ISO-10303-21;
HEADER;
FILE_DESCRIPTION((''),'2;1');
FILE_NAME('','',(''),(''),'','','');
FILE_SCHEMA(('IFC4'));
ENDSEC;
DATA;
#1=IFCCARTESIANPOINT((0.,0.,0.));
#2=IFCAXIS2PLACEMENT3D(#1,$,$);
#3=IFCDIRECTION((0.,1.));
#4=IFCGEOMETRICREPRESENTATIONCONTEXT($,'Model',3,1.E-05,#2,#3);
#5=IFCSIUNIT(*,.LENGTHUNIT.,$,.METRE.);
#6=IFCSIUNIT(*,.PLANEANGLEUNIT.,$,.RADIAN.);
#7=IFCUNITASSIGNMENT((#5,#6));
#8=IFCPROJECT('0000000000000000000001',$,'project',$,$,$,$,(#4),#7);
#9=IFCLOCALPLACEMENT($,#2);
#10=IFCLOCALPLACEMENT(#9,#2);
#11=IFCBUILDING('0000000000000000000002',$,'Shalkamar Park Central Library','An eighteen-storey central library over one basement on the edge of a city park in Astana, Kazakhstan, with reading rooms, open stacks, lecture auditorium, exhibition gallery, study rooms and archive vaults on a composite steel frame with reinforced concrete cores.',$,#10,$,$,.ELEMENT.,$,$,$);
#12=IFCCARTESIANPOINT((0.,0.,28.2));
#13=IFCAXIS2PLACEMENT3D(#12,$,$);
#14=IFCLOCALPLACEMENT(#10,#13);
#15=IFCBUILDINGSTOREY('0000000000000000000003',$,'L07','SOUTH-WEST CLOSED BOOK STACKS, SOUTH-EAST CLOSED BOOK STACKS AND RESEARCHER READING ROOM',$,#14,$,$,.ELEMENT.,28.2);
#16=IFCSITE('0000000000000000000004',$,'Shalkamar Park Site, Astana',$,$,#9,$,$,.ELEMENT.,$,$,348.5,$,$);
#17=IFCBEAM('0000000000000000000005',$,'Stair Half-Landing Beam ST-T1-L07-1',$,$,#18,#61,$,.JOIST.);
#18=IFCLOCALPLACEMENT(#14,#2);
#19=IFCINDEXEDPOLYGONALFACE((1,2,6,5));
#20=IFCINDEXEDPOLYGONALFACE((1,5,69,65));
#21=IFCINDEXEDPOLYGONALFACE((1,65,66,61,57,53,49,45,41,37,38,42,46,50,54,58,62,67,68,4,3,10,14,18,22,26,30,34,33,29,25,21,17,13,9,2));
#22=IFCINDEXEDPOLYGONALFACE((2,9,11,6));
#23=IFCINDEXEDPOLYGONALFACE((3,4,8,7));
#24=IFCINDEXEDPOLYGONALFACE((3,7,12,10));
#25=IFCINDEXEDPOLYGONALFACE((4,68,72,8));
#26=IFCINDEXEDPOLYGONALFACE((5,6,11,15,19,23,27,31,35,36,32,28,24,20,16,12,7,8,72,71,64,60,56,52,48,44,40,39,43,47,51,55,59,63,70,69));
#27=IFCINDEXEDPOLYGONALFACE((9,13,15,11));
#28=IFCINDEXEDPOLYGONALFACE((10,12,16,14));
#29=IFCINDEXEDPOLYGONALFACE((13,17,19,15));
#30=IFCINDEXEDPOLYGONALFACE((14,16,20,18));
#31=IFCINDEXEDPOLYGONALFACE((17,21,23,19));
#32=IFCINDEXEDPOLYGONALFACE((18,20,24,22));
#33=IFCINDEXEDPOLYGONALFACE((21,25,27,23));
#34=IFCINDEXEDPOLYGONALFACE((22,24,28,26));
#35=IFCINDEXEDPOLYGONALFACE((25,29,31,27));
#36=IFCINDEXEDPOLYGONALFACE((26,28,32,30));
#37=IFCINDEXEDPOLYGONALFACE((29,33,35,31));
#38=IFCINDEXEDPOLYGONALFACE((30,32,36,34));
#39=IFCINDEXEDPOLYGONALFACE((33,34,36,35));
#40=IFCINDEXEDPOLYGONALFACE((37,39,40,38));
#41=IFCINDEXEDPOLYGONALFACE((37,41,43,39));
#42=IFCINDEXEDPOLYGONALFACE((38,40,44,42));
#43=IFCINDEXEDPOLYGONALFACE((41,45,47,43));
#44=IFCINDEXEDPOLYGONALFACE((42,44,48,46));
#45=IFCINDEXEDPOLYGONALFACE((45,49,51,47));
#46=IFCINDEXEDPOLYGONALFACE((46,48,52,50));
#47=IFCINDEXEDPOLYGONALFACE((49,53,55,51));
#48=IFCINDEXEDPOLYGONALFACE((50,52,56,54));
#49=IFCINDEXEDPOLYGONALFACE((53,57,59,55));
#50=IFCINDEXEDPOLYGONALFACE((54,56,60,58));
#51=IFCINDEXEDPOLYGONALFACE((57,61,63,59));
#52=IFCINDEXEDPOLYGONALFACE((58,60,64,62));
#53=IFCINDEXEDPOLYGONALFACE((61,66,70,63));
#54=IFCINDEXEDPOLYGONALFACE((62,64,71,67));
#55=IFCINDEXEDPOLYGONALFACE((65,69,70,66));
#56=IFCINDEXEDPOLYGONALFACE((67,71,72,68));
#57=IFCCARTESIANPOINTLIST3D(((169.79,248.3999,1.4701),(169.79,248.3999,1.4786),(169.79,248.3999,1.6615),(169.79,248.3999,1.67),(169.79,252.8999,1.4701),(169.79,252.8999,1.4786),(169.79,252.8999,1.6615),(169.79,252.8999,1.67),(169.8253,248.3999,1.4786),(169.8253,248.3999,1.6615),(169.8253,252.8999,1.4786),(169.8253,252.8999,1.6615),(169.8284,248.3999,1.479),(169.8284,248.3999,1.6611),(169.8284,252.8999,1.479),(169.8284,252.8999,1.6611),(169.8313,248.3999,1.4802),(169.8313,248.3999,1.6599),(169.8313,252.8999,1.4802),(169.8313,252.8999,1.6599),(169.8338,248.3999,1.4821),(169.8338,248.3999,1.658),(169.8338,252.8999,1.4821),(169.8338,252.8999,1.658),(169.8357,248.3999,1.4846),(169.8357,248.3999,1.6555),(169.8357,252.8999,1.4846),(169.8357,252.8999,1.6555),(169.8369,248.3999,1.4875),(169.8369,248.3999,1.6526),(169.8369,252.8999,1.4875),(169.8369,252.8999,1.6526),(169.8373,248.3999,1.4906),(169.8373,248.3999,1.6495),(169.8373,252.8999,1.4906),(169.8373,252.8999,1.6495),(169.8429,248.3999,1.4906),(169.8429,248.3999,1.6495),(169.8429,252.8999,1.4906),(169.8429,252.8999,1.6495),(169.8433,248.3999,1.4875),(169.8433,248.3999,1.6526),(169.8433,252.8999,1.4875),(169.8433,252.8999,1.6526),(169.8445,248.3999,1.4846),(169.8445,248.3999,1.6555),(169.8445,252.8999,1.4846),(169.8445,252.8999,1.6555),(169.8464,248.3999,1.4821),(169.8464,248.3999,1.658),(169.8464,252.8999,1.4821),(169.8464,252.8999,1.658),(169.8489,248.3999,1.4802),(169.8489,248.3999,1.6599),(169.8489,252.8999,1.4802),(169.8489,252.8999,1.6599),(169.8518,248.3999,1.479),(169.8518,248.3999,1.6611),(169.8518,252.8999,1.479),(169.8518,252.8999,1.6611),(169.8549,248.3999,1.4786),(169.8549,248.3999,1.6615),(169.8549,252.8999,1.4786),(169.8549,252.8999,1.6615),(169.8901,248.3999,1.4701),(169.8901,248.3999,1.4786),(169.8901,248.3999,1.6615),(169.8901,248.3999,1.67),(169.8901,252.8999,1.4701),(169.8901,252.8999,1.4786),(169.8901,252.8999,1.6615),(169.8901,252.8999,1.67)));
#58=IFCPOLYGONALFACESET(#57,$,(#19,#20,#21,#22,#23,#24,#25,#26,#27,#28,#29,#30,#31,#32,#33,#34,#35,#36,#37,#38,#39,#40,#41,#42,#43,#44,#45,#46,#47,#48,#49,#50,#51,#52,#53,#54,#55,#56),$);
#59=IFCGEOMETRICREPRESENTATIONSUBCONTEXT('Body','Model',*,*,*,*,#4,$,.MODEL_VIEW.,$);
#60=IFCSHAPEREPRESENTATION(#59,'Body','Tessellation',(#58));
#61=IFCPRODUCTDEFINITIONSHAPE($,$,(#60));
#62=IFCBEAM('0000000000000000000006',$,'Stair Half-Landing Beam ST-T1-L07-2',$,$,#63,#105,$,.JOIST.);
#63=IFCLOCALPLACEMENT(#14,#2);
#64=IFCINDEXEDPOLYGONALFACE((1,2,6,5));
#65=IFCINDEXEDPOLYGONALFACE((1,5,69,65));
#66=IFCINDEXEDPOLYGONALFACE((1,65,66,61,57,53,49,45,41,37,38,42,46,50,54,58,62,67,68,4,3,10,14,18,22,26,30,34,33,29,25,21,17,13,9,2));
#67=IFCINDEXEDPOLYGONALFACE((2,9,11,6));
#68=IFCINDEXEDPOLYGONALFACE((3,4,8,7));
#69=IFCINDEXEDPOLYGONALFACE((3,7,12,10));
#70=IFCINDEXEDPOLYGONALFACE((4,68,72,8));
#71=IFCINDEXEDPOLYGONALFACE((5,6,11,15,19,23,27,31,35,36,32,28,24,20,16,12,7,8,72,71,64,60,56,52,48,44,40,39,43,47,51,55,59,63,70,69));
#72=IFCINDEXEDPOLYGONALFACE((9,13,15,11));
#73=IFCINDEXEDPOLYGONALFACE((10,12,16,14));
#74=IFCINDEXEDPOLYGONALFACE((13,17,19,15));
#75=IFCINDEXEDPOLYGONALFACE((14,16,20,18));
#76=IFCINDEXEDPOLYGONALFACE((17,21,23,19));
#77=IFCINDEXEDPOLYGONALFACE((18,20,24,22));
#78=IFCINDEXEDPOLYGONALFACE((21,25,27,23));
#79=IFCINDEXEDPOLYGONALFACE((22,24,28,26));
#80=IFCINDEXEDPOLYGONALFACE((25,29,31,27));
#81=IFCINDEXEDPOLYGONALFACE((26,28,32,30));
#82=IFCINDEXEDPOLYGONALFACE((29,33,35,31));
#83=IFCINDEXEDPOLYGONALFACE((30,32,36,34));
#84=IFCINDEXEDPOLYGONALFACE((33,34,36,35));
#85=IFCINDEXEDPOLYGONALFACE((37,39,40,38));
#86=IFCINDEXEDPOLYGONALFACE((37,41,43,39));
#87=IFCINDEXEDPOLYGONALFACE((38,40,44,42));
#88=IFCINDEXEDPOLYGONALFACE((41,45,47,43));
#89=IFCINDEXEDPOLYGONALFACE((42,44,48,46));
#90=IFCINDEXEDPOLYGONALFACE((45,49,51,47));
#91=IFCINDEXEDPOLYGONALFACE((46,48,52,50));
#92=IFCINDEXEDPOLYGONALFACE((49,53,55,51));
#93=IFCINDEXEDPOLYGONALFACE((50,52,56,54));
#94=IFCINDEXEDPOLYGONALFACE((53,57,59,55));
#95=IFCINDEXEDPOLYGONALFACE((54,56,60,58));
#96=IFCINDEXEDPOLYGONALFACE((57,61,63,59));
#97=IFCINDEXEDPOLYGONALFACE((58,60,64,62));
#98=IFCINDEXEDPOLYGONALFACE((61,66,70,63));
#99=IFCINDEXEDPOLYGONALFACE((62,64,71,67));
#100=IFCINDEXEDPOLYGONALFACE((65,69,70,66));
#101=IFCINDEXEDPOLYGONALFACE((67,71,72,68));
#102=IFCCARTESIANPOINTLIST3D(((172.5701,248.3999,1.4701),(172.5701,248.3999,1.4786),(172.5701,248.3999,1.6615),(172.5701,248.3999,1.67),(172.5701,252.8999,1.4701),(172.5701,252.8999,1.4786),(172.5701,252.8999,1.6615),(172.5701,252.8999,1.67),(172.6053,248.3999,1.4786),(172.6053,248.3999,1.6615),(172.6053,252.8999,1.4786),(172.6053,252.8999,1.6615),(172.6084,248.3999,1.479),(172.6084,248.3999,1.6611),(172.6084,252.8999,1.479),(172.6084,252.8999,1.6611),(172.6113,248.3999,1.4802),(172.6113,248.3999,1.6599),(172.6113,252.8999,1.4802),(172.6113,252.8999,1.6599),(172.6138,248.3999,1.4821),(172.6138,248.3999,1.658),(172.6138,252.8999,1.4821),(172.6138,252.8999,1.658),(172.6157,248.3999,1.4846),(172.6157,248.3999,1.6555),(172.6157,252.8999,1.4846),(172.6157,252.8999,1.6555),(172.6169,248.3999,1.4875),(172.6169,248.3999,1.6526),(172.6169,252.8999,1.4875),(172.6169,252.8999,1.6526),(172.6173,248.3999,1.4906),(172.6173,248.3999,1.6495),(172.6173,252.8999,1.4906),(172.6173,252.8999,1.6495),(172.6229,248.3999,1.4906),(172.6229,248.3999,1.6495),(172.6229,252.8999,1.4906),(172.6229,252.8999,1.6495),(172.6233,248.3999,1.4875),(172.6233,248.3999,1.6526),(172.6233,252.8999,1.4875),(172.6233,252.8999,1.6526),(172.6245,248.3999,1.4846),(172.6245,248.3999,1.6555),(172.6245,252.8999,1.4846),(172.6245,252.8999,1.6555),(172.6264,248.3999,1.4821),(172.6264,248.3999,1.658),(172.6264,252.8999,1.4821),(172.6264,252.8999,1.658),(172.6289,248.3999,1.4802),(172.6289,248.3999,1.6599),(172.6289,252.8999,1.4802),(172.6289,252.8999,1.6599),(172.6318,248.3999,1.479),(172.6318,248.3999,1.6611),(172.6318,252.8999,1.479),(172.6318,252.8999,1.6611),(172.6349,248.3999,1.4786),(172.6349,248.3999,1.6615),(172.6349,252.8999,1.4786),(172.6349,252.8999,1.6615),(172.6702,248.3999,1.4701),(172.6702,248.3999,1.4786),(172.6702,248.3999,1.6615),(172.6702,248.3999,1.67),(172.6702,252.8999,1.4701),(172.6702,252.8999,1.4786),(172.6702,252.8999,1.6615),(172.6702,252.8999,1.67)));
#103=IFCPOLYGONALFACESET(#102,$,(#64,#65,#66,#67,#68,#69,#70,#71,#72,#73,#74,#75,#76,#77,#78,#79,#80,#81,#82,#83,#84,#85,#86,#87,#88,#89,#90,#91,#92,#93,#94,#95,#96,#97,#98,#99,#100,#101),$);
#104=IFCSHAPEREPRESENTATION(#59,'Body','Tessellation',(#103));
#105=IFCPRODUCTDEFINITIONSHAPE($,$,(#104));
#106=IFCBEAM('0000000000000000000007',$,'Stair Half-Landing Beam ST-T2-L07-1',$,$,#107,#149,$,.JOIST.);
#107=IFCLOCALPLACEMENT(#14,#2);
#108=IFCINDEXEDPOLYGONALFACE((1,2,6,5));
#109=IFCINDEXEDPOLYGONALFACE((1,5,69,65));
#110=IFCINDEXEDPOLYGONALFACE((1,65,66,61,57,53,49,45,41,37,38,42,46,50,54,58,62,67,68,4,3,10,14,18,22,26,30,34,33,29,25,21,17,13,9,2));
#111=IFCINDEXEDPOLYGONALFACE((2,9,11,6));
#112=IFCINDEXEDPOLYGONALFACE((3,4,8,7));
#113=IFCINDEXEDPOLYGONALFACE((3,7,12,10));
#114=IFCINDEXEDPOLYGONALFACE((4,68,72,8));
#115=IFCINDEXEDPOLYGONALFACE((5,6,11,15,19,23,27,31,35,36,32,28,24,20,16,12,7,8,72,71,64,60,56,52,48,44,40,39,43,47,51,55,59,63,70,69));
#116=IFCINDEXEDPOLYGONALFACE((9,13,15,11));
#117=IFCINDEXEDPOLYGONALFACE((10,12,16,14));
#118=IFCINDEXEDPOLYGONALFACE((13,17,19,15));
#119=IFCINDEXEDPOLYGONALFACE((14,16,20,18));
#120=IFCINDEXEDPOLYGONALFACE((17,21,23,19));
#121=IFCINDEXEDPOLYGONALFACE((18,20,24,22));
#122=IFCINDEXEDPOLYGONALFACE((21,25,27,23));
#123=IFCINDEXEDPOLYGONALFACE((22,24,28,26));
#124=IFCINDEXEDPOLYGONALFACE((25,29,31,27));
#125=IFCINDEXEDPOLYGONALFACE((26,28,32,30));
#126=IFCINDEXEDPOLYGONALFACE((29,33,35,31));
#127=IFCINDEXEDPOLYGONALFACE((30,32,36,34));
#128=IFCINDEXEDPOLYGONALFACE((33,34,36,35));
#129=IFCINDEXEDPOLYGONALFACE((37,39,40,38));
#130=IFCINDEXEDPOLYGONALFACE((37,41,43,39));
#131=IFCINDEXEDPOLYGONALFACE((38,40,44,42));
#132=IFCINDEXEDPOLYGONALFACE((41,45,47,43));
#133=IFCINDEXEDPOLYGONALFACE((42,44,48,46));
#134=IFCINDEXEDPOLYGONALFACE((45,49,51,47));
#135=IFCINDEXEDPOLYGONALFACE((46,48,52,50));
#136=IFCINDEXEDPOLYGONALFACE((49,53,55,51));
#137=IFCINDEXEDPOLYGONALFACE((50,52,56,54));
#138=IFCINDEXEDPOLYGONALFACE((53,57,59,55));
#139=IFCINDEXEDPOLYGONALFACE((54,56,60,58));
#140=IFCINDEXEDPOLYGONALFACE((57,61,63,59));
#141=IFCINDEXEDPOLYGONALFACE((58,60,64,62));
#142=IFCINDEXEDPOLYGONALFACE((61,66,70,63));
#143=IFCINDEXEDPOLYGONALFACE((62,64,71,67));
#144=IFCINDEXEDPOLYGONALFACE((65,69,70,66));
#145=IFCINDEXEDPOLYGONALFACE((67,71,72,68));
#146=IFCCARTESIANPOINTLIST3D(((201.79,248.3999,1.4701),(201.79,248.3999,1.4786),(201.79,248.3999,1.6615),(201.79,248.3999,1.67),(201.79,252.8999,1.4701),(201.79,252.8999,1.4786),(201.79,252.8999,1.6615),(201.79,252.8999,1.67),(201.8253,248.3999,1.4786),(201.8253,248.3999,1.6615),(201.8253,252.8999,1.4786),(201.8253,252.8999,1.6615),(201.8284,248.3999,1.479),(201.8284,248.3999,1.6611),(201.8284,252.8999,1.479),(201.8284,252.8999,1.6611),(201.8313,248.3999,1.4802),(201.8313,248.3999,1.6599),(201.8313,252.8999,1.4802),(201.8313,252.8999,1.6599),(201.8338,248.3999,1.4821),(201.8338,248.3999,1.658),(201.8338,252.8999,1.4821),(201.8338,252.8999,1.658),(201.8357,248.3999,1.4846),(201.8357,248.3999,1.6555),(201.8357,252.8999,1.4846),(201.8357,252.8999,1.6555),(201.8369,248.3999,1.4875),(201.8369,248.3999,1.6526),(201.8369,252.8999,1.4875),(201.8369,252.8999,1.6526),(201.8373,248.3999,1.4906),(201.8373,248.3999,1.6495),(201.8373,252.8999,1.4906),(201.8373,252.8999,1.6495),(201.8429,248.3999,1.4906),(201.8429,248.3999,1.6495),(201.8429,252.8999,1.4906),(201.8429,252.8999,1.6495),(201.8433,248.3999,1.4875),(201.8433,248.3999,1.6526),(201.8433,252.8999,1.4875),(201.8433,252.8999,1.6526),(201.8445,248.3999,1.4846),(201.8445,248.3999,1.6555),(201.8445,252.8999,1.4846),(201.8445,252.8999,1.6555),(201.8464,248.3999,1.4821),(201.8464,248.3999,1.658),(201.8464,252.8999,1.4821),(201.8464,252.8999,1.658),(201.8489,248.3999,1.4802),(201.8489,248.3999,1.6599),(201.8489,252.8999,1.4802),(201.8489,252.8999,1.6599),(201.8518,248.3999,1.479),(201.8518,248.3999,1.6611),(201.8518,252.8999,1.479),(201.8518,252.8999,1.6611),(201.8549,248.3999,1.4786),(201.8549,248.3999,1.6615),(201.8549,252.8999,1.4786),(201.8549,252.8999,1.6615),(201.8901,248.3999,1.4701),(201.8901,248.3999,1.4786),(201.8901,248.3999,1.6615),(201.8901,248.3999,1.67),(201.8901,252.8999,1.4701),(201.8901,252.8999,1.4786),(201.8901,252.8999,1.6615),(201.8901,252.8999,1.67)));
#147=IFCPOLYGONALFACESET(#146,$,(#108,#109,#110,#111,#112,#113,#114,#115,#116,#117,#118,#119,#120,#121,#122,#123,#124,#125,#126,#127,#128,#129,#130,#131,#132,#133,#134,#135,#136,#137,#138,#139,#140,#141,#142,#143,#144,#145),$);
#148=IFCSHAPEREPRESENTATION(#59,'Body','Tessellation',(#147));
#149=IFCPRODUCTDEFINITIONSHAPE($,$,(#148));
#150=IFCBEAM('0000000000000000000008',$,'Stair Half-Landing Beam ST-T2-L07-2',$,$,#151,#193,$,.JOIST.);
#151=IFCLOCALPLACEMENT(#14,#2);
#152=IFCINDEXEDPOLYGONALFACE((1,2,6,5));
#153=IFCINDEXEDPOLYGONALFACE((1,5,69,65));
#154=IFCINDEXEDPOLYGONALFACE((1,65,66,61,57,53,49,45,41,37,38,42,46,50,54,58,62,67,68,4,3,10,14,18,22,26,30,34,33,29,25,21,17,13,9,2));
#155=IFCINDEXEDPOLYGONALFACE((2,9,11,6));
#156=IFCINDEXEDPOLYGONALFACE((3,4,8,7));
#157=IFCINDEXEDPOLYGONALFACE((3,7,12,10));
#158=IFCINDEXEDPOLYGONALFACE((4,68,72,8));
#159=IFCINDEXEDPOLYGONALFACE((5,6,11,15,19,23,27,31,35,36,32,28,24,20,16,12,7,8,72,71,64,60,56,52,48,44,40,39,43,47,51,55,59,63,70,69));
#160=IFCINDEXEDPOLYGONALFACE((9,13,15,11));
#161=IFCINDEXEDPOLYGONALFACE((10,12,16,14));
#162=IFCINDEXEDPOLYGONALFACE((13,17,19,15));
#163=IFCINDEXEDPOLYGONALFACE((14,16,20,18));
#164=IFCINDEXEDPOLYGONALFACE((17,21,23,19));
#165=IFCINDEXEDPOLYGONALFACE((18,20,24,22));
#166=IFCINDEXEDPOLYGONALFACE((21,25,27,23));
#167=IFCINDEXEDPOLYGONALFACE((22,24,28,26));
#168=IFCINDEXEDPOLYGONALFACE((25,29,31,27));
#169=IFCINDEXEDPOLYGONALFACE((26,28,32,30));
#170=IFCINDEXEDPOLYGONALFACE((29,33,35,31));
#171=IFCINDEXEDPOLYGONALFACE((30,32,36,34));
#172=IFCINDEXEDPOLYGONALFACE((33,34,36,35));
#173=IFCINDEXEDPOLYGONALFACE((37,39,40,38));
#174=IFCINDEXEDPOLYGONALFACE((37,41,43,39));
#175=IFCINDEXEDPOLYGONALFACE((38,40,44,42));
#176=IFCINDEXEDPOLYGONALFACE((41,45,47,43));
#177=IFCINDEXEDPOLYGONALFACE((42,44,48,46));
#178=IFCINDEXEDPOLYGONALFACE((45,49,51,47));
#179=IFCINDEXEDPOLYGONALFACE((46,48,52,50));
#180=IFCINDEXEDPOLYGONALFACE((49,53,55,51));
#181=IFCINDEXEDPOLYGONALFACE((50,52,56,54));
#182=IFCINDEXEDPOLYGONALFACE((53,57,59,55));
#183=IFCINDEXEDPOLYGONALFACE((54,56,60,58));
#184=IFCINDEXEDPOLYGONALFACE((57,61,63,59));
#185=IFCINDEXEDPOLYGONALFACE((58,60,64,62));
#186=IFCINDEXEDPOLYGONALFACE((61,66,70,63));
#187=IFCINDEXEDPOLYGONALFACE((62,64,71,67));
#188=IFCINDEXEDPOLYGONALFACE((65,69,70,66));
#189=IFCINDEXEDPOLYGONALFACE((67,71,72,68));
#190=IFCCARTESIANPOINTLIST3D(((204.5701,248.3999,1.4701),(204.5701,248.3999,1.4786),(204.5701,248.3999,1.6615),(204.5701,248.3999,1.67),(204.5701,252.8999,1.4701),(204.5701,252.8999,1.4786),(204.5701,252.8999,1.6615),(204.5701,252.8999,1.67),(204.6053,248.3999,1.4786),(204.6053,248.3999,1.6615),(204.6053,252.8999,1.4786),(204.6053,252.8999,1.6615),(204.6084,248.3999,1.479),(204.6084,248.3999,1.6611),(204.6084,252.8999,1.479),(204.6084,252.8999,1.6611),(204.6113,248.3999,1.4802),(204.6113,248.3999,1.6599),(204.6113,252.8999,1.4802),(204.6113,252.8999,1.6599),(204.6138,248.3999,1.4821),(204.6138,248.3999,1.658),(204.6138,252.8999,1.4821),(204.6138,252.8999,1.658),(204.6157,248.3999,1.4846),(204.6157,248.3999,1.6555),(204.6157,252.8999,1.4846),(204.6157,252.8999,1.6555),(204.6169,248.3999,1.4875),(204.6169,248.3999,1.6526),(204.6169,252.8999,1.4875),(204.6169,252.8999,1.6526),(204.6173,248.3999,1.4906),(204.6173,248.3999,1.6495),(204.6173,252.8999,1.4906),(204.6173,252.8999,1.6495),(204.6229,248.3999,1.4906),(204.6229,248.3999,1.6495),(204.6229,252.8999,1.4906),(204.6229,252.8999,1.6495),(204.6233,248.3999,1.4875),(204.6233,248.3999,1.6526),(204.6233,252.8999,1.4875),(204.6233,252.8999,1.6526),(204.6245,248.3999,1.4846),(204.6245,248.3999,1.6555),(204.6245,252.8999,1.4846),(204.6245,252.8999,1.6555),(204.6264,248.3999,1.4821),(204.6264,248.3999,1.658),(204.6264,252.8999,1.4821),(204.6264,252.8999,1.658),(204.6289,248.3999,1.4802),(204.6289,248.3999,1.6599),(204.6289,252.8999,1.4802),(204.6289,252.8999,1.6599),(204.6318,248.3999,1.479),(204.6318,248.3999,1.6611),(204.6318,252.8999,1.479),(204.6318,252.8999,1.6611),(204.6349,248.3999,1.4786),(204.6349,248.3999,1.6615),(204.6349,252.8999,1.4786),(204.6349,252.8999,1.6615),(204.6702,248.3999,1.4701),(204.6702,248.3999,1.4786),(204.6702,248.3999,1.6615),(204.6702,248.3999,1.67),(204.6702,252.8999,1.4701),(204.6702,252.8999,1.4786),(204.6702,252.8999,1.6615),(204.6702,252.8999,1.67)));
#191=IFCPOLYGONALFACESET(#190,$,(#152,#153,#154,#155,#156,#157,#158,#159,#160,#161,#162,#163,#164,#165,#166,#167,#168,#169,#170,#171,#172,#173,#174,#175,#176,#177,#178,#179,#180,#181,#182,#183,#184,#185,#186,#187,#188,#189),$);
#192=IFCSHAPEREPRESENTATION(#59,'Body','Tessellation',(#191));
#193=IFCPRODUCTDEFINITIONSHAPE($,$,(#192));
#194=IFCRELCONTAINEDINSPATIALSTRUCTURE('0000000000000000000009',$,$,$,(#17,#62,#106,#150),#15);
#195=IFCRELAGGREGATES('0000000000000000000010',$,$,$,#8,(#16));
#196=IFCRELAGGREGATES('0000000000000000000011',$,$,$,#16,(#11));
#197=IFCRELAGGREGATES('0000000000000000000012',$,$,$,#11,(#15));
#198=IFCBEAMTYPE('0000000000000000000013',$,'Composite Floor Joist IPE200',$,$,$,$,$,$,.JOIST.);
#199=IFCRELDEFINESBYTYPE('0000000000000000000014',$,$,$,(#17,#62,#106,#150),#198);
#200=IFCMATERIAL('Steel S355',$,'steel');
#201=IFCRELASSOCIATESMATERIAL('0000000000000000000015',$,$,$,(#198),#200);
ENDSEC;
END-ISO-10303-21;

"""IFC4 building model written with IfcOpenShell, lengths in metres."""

from ifc_helpers import new_model, si_unit, direction, frame, origin, origin_2d, place, context, subcontext, project, spatial, i_section, extrude, material, material_profile, profile_set, type_object, element, save


model = new_model("IFC4")

# Units and contexts
model_context = context("Model", 3, precision=1e-05, world=origin(), true_north=direction((0.0, 1.0)))
body_context = subcontext(model_context, "Body", "Model", "MODEL_VIEW")
ifc_project = project(units=[si_unit("LENGTHUNIT", "METRE"), si_unit("PLANEANGLEUNIT", "RADIAN")], contexts=[model_context])

# Site, building, storey
site_placement = place(None, origin())
site = spatial("IfcSite", under=ifc_project, at=site_placement, Name="Shalkamar Park Site, Astana", CompositionType="ELEMENT", RefElevation=348.5)
building_placement = place(site_placement, origin())
building = spatial("IfcBuilding", under=site, at=building_placement, Name="Shalkamar Park Central Library", Description="An eighteen-storey central library over one basement on the edge of a city park in Astana, Kazakhstan, with reading rooms, open stacks, lecture auditorium, exhibition gallery, study rooms and archive vaults on a composite steel frame with reinforced concrete cores.", CompositionType="ELEMENT")
storey_placement = place(building_placement, frame((0.0, 0.0, 28.2)))
storey = spatial("IfcBuildingStorey", under=building, at=storey_placement, Name="L07", Description="SOUTH-WEST CLOSED BOOK STACKS, SOUTH-EAST CLOSED BOOK STACKS AND RESEARCHER READING ROOM", CompositionType="ELEMENT", Elevation=28.2)

# Beams
ifc_material_1 = material(Name="Steel S355", Category="steel")
ifc_material_profile_1 = material_profile(ifc_material_1, i_section(OverallWidth=0.1001, OverallDepth=0.2, WebThickness=0.0056, FlangeThickness=0.0085, FilletRadius=0.012, at=origin_2d()), Name="IPE 200")
ifc_profile_set_1 = profile_set([ifc_material_profile_1], Name="Steel S355")
beam_type_1 = type_object("IfcBeamType", Name="Composite Floor Joist IPE200", PredefinedType="JOIST", material=ifc_profile_set_1)
for number, where, z_axis, x_axis, name in (
    (1, (169.8401, 248.3999, 1.5701), (0.0, 1.0, 0.0), (-1.0, 0.0, 0.0), "Stair Half-Landing Beam ST-T1-L07-1"),
    (2, (172.6201, 248.3999, 1.5701), (0.0, 1.0, 0.0), (-1.0, 0.0, 0.0), "Stair Half-Landing Beam ST-T1-L07-2"),
    (3, (201.8401, 248.3999, 1.5701), (0.0, 1.0, 0.0), (-1.0, 0.0, 0.0), "Stair Half-Landing Beam ST-T2-L07-1"),
    (4, (204.6201, 248.3999, 1.5701), (0.0, 1.0, 0.0), (-1.0, 0.0, 0.0), "Stair Half-Landing Beam ST-T2-L07-2"),
):
    element("IfcBeam", number, at=place(storey_placement, frame(where, z_axis=z_axis, x_axis=x_axis)), inside=storey, type_object=beam_type_1, Name=name, PredefinedType="JOIST", context=body_context, shape_type="SweptSolid", body=[
        extrude(i_section(OverallWidth=0.1001, OverallDepth=0.2, WebThickness=0.0056, FlangeThickness=0.0085, FilletRadius=0.012, at=origin_2d()), origin(), (0.0, 0.0, 1.0), 4.5),
    ])

save(model, "model.ifc")
